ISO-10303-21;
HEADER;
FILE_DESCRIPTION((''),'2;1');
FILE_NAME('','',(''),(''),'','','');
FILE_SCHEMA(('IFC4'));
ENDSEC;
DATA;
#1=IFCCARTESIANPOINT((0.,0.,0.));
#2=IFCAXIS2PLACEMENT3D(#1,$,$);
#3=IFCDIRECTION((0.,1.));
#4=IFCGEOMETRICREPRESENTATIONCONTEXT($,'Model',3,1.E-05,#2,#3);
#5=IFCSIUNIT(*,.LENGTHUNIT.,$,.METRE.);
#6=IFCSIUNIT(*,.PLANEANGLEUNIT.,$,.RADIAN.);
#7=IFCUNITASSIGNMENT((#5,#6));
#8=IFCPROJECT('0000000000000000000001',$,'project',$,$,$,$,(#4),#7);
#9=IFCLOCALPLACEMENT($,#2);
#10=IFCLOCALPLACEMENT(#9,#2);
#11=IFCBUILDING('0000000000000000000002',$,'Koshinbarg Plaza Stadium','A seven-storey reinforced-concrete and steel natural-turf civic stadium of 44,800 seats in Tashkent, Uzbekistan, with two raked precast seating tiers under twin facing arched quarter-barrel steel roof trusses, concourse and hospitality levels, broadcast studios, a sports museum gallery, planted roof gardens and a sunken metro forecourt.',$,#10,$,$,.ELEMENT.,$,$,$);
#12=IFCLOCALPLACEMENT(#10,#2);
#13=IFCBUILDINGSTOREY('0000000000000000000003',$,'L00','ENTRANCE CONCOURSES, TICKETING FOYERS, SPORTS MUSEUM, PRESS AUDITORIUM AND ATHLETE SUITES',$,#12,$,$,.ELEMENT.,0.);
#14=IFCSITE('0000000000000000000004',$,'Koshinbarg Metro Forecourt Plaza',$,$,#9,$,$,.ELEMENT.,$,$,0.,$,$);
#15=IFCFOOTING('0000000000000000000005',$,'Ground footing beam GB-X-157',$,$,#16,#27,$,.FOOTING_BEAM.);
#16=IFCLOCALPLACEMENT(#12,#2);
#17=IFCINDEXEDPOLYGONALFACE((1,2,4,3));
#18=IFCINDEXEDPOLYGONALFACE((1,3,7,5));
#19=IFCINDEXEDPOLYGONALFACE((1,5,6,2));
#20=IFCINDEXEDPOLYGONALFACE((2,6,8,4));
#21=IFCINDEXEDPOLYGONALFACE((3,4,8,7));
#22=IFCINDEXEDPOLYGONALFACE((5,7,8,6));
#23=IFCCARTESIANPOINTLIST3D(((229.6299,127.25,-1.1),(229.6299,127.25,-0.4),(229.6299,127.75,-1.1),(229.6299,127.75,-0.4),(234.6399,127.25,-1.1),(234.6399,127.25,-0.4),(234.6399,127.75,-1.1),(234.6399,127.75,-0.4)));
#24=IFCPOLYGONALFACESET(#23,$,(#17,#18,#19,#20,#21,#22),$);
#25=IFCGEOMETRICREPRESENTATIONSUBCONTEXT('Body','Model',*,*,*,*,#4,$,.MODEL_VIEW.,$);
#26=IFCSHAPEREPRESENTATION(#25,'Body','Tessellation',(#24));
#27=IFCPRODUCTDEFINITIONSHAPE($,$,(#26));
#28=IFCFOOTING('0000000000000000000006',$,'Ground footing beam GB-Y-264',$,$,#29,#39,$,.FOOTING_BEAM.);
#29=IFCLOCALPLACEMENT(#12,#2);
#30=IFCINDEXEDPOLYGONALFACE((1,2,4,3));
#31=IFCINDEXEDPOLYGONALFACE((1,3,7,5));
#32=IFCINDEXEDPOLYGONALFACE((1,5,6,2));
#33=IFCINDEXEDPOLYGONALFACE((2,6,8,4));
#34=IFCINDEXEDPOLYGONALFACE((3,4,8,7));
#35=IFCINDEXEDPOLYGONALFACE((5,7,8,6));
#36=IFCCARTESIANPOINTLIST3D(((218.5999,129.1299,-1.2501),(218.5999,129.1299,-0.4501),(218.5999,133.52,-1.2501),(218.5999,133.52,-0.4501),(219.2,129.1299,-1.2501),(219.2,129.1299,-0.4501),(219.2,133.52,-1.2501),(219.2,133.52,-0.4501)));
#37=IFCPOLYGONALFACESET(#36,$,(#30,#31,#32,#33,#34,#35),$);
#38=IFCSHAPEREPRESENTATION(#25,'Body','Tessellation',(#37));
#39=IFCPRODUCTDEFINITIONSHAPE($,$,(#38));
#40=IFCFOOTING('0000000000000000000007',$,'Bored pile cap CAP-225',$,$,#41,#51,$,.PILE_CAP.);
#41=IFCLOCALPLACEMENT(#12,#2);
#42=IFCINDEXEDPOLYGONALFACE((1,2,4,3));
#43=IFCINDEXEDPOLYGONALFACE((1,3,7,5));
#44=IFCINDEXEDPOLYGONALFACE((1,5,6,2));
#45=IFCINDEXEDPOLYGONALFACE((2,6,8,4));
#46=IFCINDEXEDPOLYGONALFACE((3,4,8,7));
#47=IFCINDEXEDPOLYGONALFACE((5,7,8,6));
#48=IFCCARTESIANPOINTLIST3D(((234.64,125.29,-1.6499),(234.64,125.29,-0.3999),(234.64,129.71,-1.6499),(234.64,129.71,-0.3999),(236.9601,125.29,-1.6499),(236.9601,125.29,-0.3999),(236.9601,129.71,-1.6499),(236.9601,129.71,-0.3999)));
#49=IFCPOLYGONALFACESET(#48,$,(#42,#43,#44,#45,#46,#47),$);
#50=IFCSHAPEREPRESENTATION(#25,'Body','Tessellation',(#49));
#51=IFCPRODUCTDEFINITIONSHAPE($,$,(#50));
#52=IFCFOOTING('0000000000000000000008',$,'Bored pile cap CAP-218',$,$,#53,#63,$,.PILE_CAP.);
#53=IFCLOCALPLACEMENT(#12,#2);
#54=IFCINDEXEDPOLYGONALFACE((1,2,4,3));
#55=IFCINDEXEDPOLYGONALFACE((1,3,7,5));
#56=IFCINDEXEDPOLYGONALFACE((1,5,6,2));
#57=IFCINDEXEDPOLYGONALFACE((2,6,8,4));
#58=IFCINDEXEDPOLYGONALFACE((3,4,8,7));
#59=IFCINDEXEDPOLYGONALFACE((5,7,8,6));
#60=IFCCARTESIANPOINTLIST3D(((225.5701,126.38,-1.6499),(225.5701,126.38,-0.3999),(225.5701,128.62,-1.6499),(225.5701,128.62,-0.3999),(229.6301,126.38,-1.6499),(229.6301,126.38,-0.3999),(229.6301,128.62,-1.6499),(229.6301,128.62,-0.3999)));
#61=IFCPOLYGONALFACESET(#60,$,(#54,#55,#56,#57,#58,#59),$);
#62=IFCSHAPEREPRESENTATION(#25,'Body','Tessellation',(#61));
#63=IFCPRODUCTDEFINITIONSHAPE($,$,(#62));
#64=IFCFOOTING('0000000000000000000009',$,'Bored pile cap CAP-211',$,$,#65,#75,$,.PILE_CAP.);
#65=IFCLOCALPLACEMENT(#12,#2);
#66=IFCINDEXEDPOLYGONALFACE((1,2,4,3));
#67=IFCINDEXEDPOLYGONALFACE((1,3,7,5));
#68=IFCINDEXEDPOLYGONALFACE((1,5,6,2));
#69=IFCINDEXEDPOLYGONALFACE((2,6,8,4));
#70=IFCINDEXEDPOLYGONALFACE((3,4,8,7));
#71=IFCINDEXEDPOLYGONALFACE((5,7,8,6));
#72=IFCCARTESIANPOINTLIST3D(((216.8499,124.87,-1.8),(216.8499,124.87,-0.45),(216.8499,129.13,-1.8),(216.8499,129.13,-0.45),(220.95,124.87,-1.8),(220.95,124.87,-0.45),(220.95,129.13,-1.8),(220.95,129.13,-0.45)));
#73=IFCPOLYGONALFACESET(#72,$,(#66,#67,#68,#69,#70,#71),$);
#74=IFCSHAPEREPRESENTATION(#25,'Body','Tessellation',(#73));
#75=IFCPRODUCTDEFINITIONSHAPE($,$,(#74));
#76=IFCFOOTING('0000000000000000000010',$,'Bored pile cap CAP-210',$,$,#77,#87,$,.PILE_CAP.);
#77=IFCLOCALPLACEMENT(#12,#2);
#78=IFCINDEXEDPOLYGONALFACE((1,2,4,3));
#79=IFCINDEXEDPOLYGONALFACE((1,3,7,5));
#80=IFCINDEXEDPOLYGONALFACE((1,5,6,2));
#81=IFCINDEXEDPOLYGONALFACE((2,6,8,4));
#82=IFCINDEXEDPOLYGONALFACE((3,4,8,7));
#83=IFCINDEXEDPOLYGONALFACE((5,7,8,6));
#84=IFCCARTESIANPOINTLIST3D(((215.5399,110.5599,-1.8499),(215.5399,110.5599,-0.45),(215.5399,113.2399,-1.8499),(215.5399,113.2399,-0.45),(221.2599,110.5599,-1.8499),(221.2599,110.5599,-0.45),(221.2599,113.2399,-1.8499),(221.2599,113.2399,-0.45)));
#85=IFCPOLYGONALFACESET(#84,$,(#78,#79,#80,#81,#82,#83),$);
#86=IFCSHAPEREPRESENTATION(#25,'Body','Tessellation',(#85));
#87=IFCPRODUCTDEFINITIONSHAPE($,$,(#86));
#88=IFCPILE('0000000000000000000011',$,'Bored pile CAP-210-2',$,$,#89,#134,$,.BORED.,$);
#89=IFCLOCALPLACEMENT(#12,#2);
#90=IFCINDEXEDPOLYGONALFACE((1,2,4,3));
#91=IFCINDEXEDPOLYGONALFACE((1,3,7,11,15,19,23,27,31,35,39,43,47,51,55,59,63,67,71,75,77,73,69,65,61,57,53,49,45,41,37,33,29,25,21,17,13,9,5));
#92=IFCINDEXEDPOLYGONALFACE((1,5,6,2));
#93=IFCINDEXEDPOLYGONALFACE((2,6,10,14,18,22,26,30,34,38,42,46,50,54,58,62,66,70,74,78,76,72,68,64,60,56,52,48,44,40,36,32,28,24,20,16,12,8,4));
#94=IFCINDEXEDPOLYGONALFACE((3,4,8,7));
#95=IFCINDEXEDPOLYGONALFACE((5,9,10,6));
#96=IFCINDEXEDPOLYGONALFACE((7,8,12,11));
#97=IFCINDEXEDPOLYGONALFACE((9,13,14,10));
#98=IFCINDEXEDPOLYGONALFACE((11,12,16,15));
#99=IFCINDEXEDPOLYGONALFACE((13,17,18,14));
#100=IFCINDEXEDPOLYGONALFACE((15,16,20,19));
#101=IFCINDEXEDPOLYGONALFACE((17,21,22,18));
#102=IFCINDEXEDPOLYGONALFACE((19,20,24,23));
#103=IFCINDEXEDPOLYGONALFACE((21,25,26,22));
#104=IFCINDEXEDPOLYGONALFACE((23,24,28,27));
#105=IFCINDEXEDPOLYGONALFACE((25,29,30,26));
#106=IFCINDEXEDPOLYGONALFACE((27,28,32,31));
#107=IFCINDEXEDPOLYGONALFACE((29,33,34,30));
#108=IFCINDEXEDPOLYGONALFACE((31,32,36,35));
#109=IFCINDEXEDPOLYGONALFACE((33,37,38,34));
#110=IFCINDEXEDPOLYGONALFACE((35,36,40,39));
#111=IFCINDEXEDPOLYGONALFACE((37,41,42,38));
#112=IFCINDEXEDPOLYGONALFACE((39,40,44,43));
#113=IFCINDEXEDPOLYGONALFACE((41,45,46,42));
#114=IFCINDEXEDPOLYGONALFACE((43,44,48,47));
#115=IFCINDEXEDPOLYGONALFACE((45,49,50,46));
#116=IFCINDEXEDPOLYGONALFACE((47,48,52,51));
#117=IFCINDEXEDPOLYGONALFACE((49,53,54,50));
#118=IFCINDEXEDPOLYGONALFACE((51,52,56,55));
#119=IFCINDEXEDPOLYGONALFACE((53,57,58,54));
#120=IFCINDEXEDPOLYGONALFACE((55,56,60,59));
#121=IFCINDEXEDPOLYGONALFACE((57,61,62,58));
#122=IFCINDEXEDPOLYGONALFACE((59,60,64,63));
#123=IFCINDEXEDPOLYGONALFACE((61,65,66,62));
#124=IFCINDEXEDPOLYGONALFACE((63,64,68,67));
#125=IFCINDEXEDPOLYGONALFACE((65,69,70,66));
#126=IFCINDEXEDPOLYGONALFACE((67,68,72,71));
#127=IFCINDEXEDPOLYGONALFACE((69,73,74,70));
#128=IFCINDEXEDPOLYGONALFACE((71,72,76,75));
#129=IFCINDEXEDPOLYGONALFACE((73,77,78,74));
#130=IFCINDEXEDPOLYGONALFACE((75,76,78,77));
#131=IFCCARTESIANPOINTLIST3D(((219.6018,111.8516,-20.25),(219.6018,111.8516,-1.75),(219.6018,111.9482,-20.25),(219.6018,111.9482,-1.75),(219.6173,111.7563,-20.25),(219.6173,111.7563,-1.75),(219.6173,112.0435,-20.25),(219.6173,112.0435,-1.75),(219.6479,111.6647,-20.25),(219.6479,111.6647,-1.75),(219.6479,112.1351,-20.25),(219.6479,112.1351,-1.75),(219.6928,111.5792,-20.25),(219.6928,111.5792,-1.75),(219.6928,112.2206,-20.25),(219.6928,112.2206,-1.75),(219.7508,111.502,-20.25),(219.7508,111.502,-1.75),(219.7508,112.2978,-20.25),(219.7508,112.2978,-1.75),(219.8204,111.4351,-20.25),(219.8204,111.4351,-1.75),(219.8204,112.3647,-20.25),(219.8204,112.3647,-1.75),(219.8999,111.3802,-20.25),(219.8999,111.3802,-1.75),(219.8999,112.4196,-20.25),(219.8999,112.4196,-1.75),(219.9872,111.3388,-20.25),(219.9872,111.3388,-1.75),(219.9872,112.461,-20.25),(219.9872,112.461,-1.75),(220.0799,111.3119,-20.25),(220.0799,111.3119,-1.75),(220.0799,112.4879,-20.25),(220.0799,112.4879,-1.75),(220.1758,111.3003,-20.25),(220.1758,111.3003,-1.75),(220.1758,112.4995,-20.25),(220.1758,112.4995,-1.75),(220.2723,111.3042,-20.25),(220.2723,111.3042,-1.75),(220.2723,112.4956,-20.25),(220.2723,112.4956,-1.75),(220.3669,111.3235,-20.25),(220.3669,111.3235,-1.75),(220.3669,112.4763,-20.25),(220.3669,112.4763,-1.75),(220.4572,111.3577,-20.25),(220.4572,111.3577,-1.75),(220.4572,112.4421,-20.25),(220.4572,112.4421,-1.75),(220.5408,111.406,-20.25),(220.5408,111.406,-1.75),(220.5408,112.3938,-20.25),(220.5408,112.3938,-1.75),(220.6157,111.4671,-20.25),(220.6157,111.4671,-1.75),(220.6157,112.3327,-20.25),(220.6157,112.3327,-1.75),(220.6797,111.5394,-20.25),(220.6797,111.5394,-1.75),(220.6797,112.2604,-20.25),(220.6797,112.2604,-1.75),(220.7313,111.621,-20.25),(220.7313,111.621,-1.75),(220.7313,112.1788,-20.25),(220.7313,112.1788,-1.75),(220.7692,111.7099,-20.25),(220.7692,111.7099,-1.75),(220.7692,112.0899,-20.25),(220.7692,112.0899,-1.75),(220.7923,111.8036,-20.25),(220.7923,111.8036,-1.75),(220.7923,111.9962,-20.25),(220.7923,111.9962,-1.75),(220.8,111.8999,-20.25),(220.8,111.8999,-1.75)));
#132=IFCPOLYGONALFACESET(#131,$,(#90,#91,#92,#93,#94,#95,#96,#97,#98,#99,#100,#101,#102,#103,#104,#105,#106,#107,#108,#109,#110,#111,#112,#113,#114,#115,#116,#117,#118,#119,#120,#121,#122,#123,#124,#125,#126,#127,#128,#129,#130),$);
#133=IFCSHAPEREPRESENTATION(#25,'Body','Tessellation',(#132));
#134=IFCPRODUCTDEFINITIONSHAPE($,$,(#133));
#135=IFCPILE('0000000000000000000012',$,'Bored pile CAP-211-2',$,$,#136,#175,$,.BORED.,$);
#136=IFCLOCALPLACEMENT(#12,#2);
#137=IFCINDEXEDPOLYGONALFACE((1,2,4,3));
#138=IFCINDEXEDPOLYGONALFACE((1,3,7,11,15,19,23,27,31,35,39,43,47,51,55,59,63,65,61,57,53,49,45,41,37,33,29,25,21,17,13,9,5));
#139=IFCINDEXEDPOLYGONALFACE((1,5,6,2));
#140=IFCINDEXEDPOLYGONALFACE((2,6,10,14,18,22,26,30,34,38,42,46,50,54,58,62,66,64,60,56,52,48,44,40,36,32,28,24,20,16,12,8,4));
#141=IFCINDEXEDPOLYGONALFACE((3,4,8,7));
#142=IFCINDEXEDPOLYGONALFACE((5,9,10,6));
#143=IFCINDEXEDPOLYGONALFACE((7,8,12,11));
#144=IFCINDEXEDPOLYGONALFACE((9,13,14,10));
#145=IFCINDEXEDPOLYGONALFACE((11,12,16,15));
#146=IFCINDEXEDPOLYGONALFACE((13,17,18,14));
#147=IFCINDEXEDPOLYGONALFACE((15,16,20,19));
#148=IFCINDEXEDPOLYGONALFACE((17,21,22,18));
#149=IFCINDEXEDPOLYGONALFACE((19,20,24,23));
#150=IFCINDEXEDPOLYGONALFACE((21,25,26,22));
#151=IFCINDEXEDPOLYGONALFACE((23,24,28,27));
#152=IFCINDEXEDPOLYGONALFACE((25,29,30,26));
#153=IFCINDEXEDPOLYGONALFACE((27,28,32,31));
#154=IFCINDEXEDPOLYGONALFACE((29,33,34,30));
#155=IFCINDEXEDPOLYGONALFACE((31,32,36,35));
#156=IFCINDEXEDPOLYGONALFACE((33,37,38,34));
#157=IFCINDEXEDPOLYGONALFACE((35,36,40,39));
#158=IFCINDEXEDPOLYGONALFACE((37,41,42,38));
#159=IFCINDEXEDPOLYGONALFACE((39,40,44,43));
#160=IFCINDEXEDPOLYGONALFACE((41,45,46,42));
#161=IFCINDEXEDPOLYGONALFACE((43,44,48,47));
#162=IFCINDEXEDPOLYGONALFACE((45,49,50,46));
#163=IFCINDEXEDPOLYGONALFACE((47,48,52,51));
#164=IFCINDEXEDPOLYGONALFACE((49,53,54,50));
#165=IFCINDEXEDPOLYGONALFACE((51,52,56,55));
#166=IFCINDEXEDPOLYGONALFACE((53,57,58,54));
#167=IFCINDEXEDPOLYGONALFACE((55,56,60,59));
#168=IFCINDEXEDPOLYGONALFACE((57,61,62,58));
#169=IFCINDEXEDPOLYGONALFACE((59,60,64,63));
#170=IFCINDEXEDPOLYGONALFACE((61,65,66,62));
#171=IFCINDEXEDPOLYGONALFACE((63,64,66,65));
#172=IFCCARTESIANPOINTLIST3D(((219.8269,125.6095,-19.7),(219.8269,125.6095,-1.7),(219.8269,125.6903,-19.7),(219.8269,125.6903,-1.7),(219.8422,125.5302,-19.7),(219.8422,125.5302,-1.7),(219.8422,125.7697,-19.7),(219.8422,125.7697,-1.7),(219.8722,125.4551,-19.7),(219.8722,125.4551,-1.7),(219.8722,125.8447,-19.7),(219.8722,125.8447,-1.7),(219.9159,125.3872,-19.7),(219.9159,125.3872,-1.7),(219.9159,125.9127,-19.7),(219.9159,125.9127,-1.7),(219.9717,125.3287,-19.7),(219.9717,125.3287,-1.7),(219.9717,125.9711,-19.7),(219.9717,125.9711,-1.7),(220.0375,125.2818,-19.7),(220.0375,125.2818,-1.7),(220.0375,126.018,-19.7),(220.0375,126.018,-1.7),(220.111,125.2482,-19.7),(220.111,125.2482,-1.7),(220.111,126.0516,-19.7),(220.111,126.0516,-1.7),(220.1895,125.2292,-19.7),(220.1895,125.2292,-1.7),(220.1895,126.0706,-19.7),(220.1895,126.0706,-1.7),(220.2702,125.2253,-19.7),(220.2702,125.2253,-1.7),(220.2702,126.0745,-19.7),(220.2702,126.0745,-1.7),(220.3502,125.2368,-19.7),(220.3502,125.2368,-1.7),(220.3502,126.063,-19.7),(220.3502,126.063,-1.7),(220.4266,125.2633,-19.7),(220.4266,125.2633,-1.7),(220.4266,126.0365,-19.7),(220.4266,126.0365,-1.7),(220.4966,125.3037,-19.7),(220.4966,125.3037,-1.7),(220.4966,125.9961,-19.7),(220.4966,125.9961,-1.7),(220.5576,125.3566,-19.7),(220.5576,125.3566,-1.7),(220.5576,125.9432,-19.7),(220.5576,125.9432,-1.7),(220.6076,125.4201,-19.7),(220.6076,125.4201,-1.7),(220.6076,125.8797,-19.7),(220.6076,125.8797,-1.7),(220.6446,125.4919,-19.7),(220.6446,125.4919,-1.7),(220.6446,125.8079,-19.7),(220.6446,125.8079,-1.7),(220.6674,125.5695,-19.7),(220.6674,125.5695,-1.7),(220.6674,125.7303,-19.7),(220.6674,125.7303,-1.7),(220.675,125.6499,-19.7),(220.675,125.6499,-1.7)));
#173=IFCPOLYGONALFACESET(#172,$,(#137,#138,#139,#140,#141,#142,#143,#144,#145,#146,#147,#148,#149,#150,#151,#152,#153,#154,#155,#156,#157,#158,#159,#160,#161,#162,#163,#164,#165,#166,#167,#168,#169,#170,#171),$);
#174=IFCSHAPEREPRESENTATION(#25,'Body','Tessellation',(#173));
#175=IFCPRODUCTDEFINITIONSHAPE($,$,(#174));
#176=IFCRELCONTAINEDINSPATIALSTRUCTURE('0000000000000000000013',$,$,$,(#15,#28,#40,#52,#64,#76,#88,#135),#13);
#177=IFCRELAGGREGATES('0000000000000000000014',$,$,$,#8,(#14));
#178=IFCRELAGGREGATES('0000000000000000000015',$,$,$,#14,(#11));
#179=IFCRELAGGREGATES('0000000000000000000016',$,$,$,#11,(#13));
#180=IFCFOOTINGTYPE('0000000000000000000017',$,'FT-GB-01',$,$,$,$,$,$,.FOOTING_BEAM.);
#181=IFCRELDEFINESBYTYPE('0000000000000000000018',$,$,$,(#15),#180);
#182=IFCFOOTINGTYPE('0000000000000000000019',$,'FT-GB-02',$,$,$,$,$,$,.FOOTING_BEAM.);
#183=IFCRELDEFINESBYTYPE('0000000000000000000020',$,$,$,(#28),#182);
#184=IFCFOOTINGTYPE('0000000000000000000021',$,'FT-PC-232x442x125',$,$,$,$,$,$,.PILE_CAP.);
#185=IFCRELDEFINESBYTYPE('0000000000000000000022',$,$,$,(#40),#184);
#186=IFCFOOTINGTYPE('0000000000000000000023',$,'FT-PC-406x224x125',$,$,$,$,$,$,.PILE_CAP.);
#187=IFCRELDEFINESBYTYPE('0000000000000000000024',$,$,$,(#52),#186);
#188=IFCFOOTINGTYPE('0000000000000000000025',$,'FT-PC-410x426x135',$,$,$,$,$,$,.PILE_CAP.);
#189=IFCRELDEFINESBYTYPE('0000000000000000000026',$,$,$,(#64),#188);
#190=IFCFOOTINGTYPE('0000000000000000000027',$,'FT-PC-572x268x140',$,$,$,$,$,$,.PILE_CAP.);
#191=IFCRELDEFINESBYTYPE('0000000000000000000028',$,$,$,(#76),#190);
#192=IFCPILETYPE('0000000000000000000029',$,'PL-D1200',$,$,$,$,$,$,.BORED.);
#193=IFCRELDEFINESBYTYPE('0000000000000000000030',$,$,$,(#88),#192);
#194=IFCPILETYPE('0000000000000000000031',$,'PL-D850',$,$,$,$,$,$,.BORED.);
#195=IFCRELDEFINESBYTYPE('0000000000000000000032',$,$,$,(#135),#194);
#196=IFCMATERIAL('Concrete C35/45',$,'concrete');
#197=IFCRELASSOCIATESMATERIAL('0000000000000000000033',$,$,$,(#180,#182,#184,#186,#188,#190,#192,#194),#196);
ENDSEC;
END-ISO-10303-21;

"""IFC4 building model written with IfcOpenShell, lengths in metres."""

from ifc_helpers import new_model, si_unit, direction, frame, origin, origin_2d, place, context, subcontext, project, spatial, rectangle, circle, extrude, material, material_profile, profile_set, type_object, element, save


model = new_model("IFC4")

# Units and contexts
model_context = context("Model", 3, precision=1e-05, world=origin(), true_north=direction((0.0, 1.0)))
body_context = subcontext(model_context, "Body", "Model", "MODEL_VIEW")
ifc_project = project(units=[si_unit("LENGTHUNIT", "METRE"), si_unit("PLANEANGLEUNIT", "RADIAN")], contexts=[model_context])

# Site, building, storey
site_placement = place(None, origin())
site = spatial("IfcSite", under=ifc_project, at=site_placement, Name="Koshinbarg Metro Forecourt Plaza", CompositionType="ELEMENT", RefElevation=0.0)
building_placement = place(site_placement, origin())
building = spatial("IfcBuilding", under=site, at=building_placement, Name="Koshinbarg Plaza Stadium", Description="A seven-storey reinforced-concrete and steel natural-turf civic stadium of 44,800 seats in Tashkent, Uzbekistan, with two raked precast seating tiers under twin facing arched quarter-barrel steel roof trusses, concourse and hospitality levels, broadcast studios, a sports museum gallery, planted roof gardens and a sunken metro forecourt.", CompositionType="ELEMENT")
storey_placement = place(building_placement, origin())
storey = spatial("IfcBuildingStorey", under=building, at=storey_placement, Name="L00", Description="ENTRANCE CONCOURSES, TICKETING FOYERS, SPORTS MUSEUM, PRESS AUDITORIUM AND ATHLETE SUITES", CompositionType="ELEMENT", Elevation=0.0)

# Footings
ifc_material_1 = material(Name="Concrete C35/45", Category="concrete")
ifc_material_profile_1 = material_profile(ifc_material_1, rectangle(XDim=0.5, YDim=0.7, at=origin_2d()), Name="GB 500x700")
ifc_profile_set_1 = profile_set([ifc_material_profile_1], Name="Concrete C35/45")
footing_type_1 = type_object("IfcFootingType", Name="FT-GB-01", PredefinedType="FOOTING_BEAM", material=ifc_profile_set_1)
footing_1_placement = place(storey_placement, frame((229.6299, 127.5, -0.75), z_axis=(1.0, 0.0, 0.0), x_axis=(0.0, 1.0, 0.0)))
element("IfcFooting", 1, at=footing_1_placement, inside=storey, type_object=footing_type_1, Name="Ground footing beam GB-X-157", PredefinedType="FOOTING_BEAM", context=body_context, shape_type="SweptSolid", body=[
    extrude(rectangle(XDim=0.5, YDim=0.7, at=origin_2d()), origin(), (0.0, 0.0, 1.0), 5.01),
])
ifc_material_profile_2 = material_profile(ifc_material_1, rectangle(XDim=0.6001, YDim=0.8, at=origin_2d()), Name="GB 600x800")
ifc_profile_set_2 = profile_set([ifc_material_profile_2], Name="Concrete C35/45")
footing_type_2 = type_object("IfcFootingType", Name="FT-GB-02", PredefinedType="FOOTING_BEAM", material=ifc_profile_set_2)
footing_2_placement = place(storey_placement, frame((218.8999, 129.1299, -0.8501), z_axis=(0.0, 1.0, 0.0), x_axis=(-1.0, 0.0, 0.0)))
element("IfcFooting", 2, at=footing_2_placement, inside=storey, type_object=footing_type_2, Name="Ground footing beam GB-Y-264", PredefinedType="FOOTING_BEAM", context=body_context, shape_type="SweptSolid", body=[
    extrude(rectangle(XDim=0.6001, YDim=0.8, at=origin_2d()), origin(), (0.0, 0.0, 1.0), 4.3901),
])
footing_type_3 = type_object("IfcFootingType", Name="FT-PC-232x442x125", PredefinedType="PILE_CAP", material=ifc_material_1)
footing_3_placement = place(storey_placement, frame((235.8, 127.5, -1.6499), z_axis=(0.0, 0.0, 1.0), x_axis=(1.0, 0.0, 0.0)))
element("IfcFooting", 3, at=footing_3_placement, inside=storey, type_object=footing_type_3, Name="Bored pile cap CAP-225", PredefinedType="PILE_CAP", context=body_context, shape_type="SweptSolid", body=[
    extrude(rectangle(XDim=2.3201, YDim=4.4199, at=origin_2d()), origin(), (0.0, 0.0, 1.0), 1.25),
])
footing_type_4 = type_object("IfcFootingType", Name="FT-PC-406x224x125", PredefinedType="PILE_CAP", material=ifc_material_1)
footing_4_placement = place(storey_placement, frame((227.6001, 127.5, -1.6499), z_axis=(0.0, 0.0, 1.0), x_axis=(1.0, 0.0, 0.0)))
element("IfcFooting", 4, at=footing_4_placement, inside=storey, type_object=footing_type_4, Name="Bored pile cap CAP-218", PredefinedType="PILE_CAP", context=body_context, shape_type="SweptSolid", body=[
    extrude(rectangle(XDim=4.0601, YDim=2.24, at=origin_2d()), origin(), (0.0, 0.0, 1.0), 1.25),
])
footing_type_5 = type_object("IfcFootingType", Name="FT-PC-410x426x135", PredefinedType="PILE_CAP", material=ifc_material_1)
footing_5_placement = place(storey_placement, frame((218.8999, 127.0, -1.8), z_axis=(0.0, 0.0, 1.0), x_axis=(1.0, 0.0, 0.0)))
element("IfcFooting", 5, at=footing_5_placement, inside=storey, type_object=footing_type_5, Name="Bored pile cap CAP-211", PredefinedType="PILE_CAP", context=body_context, shape_type="SweptSolid", body=[
    extrude(rectangle(XDim=4.1001, YDim=4.26, at=origin_2d()), origin(), (0.0, 0.0, 1.0), 1.3501),
])
footing_type_6 = type_object("IfcFootingType", Name="FT-PC-572x268x140", PredefinedType="PILE_CAP", material=ifc_material_1)
footing_6_placement = place(storey_placement, frame((218.3999, 111.8999, -1.8499), z_axis=(0.0, 0.0, 1.0), x_axis=(1.0, 0.0, 0.0)))
element("IfcFooting", 6, at=footing_6_placement, inside=storey, type_object=footing_type_6, Name="Bored pile cap CAP-210", PredefinedType="PILE_CAP", context=body_context, shape_type="SweptSolid", body=[
    extrude(rectangle(XDim=5.72, YDim=2.6799, at=origin_2d()), origin(), (0.0, 0.0, 1.0), 1.3999),
])

# Piles
ifc_material_profile_3 = material_profile(ifc_material_1, circle(Radius=0.6001, at=origin_2d()), Name="PILE D1200")
ifc_profile_set_3 = profile_set([ifc_material_profile_3], Name="Concrete C35/45")
pile_type_1 = type_object("IfcPileType", Name="PL-D1200", PredefinedType="BORED", material=ifc_profile_set_3)
pile_placement = place(storey_placement, frame((220.2, 111.8999, -1.75), z_axis=(0.0, 0.0, -1.0), x_axis=(1.0, 0.0, 0.0)))
element("IfcPile", 7, at=pile_placement, inside=storey, type_object=pile_type_1, Name="Bored pile CAP-210-2", PredefinedType="BORED", context=body_context, shape_type="SweptSolid", body=[
    extrude(circle(Radius=0.6001, at=origin_2d()), origin(), (0.0, 0.0, 1.0), 18.5),
])
ifc_material_profile_4 = material_profile(ifc_material_1, circle(Radius=0.425, at=origin_2d()), Name="PILE D850")
ifc_profile_set_4 = profile_set([ifc_material_profile_4], Name="Concrete C35/45")
pile_type_2 = type_object("IfcPileType", Name="PL-D850", PredefinedType="BORED", material=ifc_profile_set_4)
for number, where, z_axis, x_axis, name in (
    (8, (220.25, 125.6499, -1.7), (0.0, 0.0, -1.0), (1.0, 0.0, 0.0), "Bored pile CAP-211-2"),
):
    element("IfcPile", number, at=place(storey_placement, frame(where, z_axis=z_axis, x_axis=x_axis)), inside=storey, type_object=pile_type_2, Name=name, PredefinedType="BORED", context=body_context, shape_type="SweptSolid", body=[
        extrude(circle(Radius=0.425, at=origin_2d()), origin(), (0.0, 0.0, 1.0), 18.0),
    ])

save(model, "model.ifc")
